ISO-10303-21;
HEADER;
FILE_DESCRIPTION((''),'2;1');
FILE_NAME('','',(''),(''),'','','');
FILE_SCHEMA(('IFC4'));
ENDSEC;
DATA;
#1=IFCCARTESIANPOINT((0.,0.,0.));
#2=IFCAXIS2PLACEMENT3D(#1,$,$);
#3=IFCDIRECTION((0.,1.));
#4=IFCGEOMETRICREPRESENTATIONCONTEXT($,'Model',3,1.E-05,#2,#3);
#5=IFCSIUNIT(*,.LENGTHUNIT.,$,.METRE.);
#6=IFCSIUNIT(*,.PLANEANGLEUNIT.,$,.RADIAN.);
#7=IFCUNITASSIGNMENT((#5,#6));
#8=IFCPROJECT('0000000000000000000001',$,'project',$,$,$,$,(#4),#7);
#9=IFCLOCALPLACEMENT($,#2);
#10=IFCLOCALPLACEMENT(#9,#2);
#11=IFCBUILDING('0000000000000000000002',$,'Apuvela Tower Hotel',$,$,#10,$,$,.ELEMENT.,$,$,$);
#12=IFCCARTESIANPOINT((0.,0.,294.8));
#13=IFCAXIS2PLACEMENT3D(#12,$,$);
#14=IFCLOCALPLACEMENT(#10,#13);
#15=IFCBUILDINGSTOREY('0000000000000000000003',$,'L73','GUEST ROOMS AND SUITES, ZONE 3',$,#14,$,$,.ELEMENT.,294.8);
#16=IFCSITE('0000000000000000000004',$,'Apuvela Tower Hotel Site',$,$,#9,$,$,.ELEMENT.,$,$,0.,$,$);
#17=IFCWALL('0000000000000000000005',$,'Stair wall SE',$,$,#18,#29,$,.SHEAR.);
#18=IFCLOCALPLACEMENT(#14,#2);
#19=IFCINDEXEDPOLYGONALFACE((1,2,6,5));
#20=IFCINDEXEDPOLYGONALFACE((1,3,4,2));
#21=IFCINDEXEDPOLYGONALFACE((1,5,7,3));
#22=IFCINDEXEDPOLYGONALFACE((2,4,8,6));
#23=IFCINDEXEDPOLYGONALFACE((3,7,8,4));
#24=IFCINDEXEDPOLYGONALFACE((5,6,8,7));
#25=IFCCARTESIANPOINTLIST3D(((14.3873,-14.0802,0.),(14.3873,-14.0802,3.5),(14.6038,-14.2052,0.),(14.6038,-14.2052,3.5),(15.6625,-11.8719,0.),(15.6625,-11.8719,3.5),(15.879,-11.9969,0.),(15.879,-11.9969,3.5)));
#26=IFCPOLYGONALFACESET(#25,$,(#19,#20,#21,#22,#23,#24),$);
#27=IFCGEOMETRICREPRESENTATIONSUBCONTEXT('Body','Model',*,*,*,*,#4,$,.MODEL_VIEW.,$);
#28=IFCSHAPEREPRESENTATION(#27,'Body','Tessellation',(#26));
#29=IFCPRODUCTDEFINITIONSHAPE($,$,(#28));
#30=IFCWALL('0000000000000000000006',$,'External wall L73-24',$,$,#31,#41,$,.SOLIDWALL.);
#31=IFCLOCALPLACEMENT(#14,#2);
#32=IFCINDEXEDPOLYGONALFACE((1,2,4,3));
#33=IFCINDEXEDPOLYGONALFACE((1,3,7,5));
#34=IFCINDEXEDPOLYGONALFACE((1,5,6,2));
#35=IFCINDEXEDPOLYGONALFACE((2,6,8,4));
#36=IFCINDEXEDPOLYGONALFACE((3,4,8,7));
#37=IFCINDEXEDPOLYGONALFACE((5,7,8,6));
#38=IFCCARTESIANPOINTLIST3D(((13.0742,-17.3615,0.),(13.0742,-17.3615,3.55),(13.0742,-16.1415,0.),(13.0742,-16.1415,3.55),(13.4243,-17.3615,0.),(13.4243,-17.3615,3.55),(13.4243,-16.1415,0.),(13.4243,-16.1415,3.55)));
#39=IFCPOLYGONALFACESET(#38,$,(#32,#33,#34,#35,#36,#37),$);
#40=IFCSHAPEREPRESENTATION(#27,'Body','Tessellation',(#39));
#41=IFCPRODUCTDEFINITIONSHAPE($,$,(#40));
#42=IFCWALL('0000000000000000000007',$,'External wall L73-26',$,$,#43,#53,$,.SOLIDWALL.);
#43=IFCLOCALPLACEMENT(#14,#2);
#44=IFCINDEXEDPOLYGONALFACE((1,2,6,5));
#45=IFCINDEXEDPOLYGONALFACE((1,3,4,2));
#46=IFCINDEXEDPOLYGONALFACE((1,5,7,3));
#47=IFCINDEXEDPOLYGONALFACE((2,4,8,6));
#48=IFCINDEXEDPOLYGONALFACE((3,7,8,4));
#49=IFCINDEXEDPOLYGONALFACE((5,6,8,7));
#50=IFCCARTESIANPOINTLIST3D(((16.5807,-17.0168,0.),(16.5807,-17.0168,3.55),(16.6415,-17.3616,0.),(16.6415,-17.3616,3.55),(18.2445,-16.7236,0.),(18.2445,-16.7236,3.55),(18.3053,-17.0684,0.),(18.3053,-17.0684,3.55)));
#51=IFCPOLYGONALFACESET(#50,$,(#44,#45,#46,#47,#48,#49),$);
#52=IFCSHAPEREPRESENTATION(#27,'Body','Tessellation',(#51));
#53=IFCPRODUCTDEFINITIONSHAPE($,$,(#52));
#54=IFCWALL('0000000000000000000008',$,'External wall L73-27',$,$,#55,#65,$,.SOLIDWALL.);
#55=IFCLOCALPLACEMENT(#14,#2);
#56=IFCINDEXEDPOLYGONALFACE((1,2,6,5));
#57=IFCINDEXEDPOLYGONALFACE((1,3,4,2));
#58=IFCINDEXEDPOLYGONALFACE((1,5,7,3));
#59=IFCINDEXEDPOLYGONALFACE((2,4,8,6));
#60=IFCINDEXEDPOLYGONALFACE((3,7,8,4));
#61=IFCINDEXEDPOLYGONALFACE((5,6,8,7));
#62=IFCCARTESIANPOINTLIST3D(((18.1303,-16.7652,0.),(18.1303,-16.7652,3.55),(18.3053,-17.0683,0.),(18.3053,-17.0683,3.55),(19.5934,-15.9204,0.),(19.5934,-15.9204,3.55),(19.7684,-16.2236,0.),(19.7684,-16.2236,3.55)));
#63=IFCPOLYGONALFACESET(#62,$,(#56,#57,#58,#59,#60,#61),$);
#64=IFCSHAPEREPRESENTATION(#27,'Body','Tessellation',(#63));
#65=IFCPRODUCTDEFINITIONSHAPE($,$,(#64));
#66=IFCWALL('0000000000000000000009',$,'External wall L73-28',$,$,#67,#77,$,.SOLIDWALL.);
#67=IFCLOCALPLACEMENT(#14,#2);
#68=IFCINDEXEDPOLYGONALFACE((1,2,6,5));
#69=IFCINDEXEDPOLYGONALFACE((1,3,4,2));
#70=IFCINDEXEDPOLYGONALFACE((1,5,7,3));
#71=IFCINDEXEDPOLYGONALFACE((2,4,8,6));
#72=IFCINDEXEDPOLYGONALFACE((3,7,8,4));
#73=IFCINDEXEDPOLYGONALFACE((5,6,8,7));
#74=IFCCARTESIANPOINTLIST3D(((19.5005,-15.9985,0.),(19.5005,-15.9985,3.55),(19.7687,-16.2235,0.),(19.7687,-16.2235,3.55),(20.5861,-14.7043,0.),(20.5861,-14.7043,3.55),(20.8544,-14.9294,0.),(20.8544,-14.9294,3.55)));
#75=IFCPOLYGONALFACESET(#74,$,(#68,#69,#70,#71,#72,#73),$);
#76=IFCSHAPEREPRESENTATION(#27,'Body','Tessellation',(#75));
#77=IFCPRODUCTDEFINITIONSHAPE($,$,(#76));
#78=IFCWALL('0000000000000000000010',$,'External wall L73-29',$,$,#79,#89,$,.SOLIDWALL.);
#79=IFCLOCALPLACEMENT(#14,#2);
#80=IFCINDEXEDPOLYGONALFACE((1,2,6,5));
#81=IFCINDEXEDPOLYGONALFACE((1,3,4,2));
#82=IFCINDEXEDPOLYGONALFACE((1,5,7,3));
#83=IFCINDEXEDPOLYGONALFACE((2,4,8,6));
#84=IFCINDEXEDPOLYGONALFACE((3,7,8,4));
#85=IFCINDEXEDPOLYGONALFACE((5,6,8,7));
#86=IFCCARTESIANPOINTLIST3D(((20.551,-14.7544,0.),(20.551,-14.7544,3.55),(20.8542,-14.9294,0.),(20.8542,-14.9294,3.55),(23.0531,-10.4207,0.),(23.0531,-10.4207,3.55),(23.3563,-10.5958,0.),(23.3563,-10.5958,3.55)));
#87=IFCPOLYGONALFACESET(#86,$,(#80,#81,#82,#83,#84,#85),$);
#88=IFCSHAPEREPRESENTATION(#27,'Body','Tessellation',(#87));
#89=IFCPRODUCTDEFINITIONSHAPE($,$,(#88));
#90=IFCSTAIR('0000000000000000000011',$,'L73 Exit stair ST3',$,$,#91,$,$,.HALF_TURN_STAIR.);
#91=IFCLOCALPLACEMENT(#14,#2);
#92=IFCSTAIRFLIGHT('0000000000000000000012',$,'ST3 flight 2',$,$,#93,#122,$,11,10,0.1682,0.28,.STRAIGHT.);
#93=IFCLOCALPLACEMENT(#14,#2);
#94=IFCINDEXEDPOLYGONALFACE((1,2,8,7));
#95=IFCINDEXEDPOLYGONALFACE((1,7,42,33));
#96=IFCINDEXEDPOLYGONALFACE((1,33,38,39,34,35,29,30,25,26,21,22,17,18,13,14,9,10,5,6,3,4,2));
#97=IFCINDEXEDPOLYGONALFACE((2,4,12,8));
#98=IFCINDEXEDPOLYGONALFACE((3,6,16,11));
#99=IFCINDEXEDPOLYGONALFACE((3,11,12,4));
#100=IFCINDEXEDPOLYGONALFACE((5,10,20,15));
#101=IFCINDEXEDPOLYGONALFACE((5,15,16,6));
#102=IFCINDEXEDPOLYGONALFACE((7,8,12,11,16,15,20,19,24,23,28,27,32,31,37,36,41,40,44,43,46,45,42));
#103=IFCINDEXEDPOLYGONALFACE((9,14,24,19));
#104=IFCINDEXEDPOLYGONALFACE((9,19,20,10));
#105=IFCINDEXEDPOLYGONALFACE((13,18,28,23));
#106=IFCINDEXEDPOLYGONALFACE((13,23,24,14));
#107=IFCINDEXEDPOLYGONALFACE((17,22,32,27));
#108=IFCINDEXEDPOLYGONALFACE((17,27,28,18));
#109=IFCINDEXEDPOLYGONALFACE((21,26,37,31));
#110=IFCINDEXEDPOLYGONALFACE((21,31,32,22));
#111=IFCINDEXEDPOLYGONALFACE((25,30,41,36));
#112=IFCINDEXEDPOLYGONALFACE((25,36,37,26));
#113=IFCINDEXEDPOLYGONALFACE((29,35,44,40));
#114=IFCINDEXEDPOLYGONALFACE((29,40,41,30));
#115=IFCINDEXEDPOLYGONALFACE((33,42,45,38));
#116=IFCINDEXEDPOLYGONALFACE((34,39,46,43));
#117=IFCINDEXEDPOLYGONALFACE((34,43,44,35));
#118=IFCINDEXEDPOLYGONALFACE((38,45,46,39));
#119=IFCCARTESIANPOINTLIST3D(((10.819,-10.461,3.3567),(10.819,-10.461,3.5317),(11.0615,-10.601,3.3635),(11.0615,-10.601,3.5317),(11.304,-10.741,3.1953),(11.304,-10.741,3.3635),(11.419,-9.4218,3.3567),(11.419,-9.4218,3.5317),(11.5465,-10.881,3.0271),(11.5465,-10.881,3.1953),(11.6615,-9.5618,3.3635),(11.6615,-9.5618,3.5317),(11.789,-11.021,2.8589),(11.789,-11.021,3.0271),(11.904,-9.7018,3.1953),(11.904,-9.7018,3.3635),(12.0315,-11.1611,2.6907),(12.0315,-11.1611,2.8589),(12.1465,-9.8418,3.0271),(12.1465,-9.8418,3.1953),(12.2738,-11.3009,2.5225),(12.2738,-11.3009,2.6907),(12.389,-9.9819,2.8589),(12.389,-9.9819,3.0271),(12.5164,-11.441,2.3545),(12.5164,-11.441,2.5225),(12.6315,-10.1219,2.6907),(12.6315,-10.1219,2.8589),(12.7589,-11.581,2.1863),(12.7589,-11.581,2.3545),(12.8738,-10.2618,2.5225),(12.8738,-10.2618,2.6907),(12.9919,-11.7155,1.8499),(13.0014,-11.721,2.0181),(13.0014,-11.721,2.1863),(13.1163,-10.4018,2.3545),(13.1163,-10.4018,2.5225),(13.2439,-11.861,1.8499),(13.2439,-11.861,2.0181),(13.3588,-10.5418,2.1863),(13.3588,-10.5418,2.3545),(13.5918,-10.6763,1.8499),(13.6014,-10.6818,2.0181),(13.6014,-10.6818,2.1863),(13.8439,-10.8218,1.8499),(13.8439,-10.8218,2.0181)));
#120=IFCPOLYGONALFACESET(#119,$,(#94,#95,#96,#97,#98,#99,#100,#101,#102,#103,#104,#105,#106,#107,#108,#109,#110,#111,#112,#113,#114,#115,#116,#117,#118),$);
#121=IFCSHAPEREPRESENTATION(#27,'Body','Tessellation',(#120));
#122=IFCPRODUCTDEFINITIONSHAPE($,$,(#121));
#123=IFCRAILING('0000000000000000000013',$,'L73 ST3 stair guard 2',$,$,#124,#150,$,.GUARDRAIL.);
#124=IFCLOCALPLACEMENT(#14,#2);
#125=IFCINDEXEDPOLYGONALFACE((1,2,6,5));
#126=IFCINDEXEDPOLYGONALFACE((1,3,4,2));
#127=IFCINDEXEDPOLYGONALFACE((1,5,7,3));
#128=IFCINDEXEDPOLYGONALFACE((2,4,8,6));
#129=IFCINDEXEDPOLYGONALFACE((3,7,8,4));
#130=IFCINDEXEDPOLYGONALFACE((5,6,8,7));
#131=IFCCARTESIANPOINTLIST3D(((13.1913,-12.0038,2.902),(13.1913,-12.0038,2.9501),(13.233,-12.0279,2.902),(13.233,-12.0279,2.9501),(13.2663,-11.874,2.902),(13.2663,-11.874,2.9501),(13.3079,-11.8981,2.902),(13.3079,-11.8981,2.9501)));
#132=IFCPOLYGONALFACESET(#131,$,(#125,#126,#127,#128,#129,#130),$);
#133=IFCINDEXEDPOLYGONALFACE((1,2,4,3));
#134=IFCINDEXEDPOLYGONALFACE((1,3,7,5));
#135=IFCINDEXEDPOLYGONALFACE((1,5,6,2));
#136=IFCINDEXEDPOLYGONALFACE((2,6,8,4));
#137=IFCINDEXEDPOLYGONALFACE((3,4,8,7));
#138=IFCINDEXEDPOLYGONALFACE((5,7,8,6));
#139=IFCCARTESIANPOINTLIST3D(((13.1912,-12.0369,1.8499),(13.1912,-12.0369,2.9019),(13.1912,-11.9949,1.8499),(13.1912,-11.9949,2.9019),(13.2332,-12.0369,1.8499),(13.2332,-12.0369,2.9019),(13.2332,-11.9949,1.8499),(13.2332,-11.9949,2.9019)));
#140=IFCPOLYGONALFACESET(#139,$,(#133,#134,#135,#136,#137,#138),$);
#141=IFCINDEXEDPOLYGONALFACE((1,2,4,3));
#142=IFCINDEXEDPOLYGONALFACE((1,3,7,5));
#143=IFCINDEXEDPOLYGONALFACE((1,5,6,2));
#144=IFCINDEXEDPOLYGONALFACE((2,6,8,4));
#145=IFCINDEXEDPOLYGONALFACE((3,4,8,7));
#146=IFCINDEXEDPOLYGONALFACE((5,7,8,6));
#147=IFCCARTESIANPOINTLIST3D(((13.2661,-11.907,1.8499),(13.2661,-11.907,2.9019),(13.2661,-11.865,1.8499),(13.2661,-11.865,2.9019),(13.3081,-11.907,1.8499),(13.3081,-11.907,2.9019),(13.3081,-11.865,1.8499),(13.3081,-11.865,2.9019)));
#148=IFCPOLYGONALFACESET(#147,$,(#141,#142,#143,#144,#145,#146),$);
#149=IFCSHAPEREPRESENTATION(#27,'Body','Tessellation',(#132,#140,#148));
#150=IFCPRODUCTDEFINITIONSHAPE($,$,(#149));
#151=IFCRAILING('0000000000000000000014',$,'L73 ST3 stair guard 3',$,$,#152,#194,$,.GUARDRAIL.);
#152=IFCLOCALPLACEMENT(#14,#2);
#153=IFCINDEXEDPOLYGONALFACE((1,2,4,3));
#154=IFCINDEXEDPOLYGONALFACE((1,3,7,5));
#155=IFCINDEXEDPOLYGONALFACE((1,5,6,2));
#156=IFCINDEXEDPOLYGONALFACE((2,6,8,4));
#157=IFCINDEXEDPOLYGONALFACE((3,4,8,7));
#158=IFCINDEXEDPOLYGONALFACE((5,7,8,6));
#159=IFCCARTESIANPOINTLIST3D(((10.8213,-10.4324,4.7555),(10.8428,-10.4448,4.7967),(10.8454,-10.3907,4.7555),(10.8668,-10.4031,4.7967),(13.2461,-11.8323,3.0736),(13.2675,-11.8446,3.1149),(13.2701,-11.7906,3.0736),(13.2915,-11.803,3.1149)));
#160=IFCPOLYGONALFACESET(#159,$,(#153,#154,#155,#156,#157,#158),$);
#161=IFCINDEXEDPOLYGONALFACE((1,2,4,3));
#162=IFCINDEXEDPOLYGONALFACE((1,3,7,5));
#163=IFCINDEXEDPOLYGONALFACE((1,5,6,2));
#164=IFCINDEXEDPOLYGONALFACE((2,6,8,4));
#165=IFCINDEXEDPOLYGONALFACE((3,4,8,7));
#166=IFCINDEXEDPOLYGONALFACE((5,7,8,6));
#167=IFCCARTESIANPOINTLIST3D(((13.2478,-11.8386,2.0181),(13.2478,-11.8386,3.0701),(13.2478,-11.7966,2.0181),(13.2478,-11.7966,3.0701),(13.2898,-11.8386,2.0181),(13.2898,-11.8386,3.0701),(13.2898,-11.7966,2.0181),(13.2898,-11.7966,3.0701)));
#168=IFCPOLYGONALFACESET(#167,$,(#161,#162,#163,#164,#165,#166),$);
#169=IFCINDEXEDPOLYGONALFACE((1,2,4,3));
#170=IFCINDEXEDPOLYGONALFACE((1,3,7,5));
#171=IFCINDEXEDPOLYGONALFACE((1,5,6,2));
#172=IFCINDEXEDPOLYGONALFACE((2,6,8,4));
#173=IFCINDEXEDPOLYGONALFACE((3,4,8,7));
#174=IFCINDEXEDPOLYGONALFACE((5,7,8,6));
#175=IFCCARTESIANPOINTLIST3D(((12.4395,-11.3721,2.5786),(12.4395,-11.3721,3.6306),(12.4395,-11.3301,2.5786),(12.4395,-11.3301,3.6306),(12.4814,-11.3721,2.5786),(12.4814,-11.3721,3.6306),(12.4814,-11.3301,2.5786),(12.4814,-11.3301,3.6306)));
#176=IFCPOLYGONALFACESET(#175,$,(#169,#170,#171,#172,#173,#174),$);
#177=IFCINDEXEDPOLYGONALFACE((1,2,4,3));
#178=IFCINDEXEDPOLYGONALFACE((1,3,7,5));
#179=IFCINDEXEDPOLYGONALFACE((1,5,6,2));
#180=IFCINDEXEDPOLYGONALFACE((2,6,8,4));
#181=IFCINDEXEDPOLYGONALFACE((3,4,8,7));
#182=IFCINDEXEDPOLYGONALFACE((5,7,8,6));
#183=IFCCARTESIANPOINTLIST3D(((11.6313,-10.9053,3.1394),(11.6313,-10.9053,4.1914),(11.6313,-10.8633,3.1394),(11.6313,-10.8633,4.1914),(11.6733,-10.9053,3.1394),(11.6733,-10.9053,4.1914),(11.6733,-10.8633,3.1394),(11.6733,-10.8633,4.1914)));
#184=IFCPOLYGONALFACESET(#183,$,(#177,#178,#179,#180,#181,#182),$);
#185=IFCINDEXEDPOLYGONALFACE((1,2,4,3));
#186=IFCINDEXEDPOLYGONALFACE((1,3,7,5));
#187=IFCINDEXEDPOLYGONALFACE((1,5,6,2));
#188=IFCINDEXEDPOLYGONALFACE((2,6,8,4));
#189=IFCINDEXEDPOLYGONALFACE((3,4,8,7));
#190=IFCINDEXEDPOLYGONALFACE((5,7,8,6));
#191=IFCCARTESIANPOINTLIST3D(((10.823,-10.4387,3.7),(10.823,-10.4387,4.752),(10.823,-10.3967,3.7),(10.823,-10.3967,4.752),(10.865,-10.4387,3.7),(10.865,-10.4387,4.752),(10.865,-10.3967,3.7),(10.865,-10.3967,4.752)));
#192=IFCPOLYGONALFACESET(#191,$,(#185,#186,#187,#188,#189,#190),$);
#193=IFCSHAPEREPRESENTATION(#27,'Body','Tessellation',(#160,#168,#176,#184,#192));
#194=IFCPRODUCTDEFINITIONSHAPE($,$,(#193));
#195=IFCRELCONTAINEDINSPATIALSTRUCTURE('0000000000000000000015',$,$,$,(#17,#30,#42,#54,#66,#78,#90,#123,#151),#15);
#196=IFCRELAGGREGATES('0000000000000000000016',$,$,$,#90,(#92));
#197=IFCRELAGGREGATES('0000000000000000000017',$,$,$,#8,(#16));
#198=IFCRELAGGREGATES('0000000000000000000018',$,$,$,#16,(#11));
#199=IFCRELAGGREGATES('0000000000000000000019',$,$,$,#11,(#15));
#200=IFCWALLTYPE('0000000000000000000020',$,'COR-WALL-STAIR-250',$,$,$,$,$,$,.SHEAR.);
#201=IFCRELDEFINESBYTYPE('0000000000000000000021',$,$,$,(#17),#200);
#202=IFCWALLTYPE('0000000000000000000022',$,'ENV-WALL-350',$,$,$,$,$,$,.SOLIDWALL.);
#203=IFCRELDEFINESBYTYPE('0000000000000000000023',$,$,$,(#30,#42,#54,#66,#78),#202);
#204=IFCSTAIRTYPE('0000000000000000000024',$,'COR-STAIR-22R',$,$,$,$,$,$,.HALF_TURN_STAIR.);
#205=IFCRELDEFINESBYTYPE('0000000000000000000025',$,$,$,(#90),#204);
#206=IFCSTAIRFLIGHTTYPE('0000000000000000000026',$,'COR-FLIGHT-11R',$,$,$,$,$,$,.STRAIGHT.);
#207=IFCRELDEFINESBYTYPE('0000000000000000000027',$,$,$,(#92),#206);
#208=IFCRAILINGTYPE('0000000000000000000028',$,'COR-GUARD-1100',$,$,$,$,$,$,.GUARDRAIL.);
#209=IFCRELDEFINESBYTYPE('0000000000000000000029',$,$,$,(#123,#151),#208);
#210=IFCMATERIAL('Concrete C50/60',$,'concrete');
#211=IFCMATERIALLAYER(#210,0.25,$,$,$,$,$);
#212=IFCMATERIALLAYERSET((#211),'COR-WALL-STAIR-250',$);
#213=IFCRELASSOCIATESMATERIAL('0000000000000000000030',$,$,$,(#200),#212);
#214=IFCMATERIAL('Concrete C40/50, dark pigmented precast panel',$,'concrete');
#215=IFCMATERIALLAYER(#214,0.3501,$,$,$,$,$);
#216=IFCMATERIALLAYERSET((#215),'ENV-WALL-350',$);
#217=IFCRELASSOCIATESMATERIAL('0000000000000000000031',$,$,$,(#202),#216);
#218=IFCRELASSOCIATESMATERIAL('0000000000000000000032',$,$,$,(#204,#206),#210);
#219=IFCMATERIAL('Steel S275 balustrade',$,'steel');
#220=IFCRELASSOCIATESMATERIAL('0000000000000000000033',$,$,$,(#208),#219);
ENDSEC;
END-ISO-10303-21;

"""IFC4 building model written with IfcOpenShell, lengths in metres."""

from ifc_helpers import new_model, si_unit, direction, frame, frame_2d, origin, origin_2d, place, context, subcontext, project, spatial, polyline, rectangle, outline, extrude, material, layer, layer_set, type_object, element, aggregate, save


model = new_model("IFC4")

# Units and contexts
model_context = context("Model", 3, precision=1e-05, world=origin(), true_north=direction((0.0, 1.0)))
body_context = subcontext(model_context, "Body", "Model", "MODEL_VIEW")
ifc_project = project(units=[si_unit("LENGTHUNIT", "METRE"), si_unit("PLANEANGLEUNIT", "RADIAN")], contexts=[model_context])

# Site, building, storey
site_placement = place(None, origin())
site = spatial("IfcSite", under=ifc_project, at=site_placement, Name="Apuvela Tower Hotel Site", CompositionType="ELEMENT", RefElevation=0.0)
building_placement = place(site_placement, origin())
building = spatial("IfcBuilding", under=site, at=building_placement, Name="Apuvela Tower Hotel", CompositionType="ELEMENT")
storey_placement = place(building_placement, frame((0.0, 0.0, 294.8)))
storey = spatial("IfcBuildingStorey", under=building, at=storey_placement, Name="L73", Description="GUEST ROOMS AND SUITES, ZONE 3", CompositionType="ELEMENT", Elevation=294.8)

# Walls
ifc_material_1 = material(Name="Concrete C50/60", Category="concrete")
ifc_layer_1 = layer(ifc_material_1, 0.25)
ifc_layer_set_1 = layer_set([ifc_layer_1], Name="COR-WALL-STAIR-250")
wall_type_1 = type_object("IfcWallType", Name="COR-WALL-STAIR-250", PredefinedType="SHEAR", material=ifc_layer_set_1)
wall_1_placement = place(storey_placement, frame((14.4956, -14.1426, 0.0), z_axis=(0.0, 0.0, 1.0), x_axis=(0.500062, 0.865989, 0.0)))
element("IfcWall", 1, at=wall_1_placement, inside=storey, type_object=wall_type_1, Name="Stair wall SE", PredefinedType="SHEAR", context=body_context, shape_type="SweptSolid", body=[
    extrude(rectangle(XDim=2.55, YDim=0.25, at=frame_2d((1.2749, 0.0))), origin(), (0.0, 0.0, 1.0), 3.5),
])
ifc_material_2 = material(Name="Concrete C40/50, dark pigmented precast panel", Category="concrete")
ifc_layer_2 = layer(ifc_material_2, 0.3501)
ifc_layer_set_2 = layer_set([ifc_layer_2], Name="ENV-WALL-350")
wall_type_2 = type_object("IfcWallType", Name="ENV-WALL-350", PredefinedType="SOLIDWALL", material=ifc_layer_set_2)
wall_2_placement = place(storey_placement, frame((13.2493, -16.1416, 0.0), z_axis=(0.0, 0.0, 1.0), x_axis=(0.0, -1.0, 0.0)))
element("IfcWall", 2, at=wall_2_placement, inside=storey, type_object=wall_type_2, Name="External wall L73-24", PredefinedType="SOLIDWALL", context=body_context, shape_type="SweptSolid", body=[
    extrude(rectangle(XDim=1.22, YDim=0.3501, at=frame_2d((0.6099, 0.0))), origin(), (0.0, 0.0, 1.0), 3.55),
])
for number, where, z_axis, x_axis, name in (
    (3, (16.6111, -17.1892, 0.0), (0.0, 0.0, 1.0), (0.984824, 0.173555, 0.0), "External wall L73-26"),
    (4, (18.2178, -16.9167, 0.0), (0.0, 0.0, 1.0), (0.866029, 0.499993, 0.0), "External wall L73-27"),
):
    element("IfcWall", number, at=place(storey_placement, frame(where, z_axis=z_axis, x_axis=x_axis)), inside=storey, type_object=wall_type_2, Name=name, PredefinedType="SOLIDWALL", context=body_context, shape_type="SweptSolid", body=[
        extrude(rectangle(XDim=1.6895, YDim=0.3501, at=frame_2d((0.8447, 0.0))), origin(), (0.0, 0.0, 1.0), 3.55),
    ])
wall_3_placement = place(storey_placement, frame((19.6345, -16.1111, 0.0), z_axis=(0.0, 0.0, 1.0), x_axis=(0.642697, 0.76612, 0.0)))
element("IfcWall", 5, at=wall_3_placement, inside=storey, type_object=wall_type_2, Name="External wall L73-28", PredefinedType="SOLIDWALL", context=body_context, shape_type="SweptSolid", body=[
    extrude(rectangle(XDim=1.6892, YDim=0.3501, at=frame_2d((0.8447, 0.0))), origin(), (0.0, 0.0, 1.0), 3.55),
])
wall_4_placement = place(storey_placement, frame((20.7026, -14.8418, 0.0), z_axis=(0.0, 0.0, 1.0), x_axis=(0.500017, 0.866016, 0.0)))
element("IfcWall", 6, at=wall_4_placement, inside=storey, type_object=wall_type_2, Name="External wall L73-29", PredefinedType="SOLIDWALL", context=body_context, shape_type="SweptSolid", body=[
    extrude(rectangle(XDim=5.0042, YDim=0.3501, at=frame_2d((2.502, 0.0))), origin(), (0.0, 0.0, 1.0), 3.55),
])

# Stair, stair flight
stair_type = type_object("IfcStairType", Name="COR-STAIR-22R", PredefinedType="HALF_TURN_STAIR", material=ifc_material_1)
stair_placement = place(storey_placement, origin())
stair = element("IfcStair", 7, at=stair_placement, inside=storey, type_object=stair_type, Name="L73 Exit stair ST3", PredefinedType="HALF_TURN_STAIR")
stair_flight_type = type_object("IfcStairFlightType", Name="COR-FLIGHT-11R", PredefinedType="STRAIGHT", material=ifc_material_1)
stair_flight_placement = place(storey_placement, frame((13.5439, -11.3413, 1.8499), z_axis=(0.0, 0.0, 1.0), x_axis=(-0.866025, 0.5, 0.0)))
stair_flight = element("IfcStairFlight", 8, at=stair_flight_placement, type_object=stair_flight_type, Name="ST3 flight 2", NumberOfRisers=11, NumberOfTreads=10, PredefinedType="STRAIGHT", RiserHeight=0.1682, TreadLength=0.28, context=body_context, shape_type="SweptSolid", body=[
    extrude(outline(polyline([(0.0, 0.0), (0.0, 0.1682), (0.28, 0.1682), (0.28, 0.3364), (0.5601, 0.3364), (0.5601, 0.5046), (0.8401, 0.5046), (0.8401, 0.6726), (1.1201, 0.6726), (1.1201, 0.8408), (1.3999, 0.8408), (1.3999, 1.009), (1.6799, 1.009), (1.6799, 1.1772), (1.96, 1.1772), (1.96, 1.3455), (2.24, 1.3455), (2.24, 1.5137), (2.52, 1.5137), (2.52, 1.6819), (2.8, 1.6819), (2.8, 1.8501), (2.8, 1.5068), (0.291, 0.0), (0.0, 0.0)])), frame((0.0, 0.6001, 0.0), z_axis=(0.0, -1.0, 0.0), x_axis=(1.0, 0.0, 0.0)), (0.0, 0.0, 1.0), 1.2),
])
aggregate(stair, [stair_flight])

# Railings
ifc_material_3 = material(Name="Steel S275 balustrade", Category="steel")
railing_type = type_object("IfcRailingType", Name="COR-GUARD-1100", PredefinedType="GUARDRAIL", material=ifc_material_3)
railing_1_placement = place(storey_placement, frame((13.2122, -12.0159, 1.8499)))
element("IfcRailing", 9, at=railing_1_placement, inside=storey, type_object=railing_type, Name="L73 ST3 stair guard 2", PredefinedType="GUARDRAIL", context=body_context, shape_type="SweptSolid", body=[
    extrude(rectangle(XDim=0.0481, YDim=0.0481, at=origin_2d()), frame((0.0, 0.0, 1.0762), z_axis=(0.499816, 0.866131, 0.0), x_axis=(-0.866131, 0.499816, 0.0)), (0.0, 0.0, 1.0), 0.1499),
    extrude(rectangle(XDim=0.042, YDim=0.042, at=origin_2d()), origin(), (0.0, 0.0, 1.0), 1.052),
    extrude(rectangle(XDim=0.042, YDim=0.042, at=origin_2d()), frame((0.075, 0.1299, 0.0)), (0.0, 0.0, 1.0), 1.052),
])
railing_2_placement = place(storey_placement, frame((13.2688, -11.8176, 2.0181)))
element("IfcRailing", 10, at=railing_2_placement, inside=storey, type_object=railing_type, Name="L73 ST3 stair guard 3", PredefinedType="GUARDRAIL", context=body_context, shape_type="SweptSolid", body=[
    extrude(rectangle(XDim=0.0481, YDim=0.0481, at=origin_2d()), frame((0.0, 0.0, 1.0762), z_axis=(-0.74239, 0.428601, 0.514934), x_axis=(-0.499984, -0.866035, 0.0)), (0.0, 0.0, 1.0), 3.2661),
    extrude(rectangle(XDim=0.042, YDim=0.042, at=origin_2d()), origin(), (0.0, 0.0, 1.0), 1.052),
    extrude(rectangle(XDim=0.042, YDim=0.042, at=origin_2d()), frame((-0.8083, 0.4666, 0.5605)), (0.0, 0.0, 1.0), 1.052),
    extrude(rectangle(XDim=0.042, YDim=0.042, at=origin_2d()), frame((-1.6165, 0.9333, 1.1213)), (0.0, 0.0, 1.0), 1.052),
    extrude(rectangle(XDim=0.042, YDim=0.042, at=origin_2d()), frame((-2.4248, 1.3999, 1.6819)), (0.0, 0.0, 1.0), 1.052),
])

save(model, "model.ifc")
